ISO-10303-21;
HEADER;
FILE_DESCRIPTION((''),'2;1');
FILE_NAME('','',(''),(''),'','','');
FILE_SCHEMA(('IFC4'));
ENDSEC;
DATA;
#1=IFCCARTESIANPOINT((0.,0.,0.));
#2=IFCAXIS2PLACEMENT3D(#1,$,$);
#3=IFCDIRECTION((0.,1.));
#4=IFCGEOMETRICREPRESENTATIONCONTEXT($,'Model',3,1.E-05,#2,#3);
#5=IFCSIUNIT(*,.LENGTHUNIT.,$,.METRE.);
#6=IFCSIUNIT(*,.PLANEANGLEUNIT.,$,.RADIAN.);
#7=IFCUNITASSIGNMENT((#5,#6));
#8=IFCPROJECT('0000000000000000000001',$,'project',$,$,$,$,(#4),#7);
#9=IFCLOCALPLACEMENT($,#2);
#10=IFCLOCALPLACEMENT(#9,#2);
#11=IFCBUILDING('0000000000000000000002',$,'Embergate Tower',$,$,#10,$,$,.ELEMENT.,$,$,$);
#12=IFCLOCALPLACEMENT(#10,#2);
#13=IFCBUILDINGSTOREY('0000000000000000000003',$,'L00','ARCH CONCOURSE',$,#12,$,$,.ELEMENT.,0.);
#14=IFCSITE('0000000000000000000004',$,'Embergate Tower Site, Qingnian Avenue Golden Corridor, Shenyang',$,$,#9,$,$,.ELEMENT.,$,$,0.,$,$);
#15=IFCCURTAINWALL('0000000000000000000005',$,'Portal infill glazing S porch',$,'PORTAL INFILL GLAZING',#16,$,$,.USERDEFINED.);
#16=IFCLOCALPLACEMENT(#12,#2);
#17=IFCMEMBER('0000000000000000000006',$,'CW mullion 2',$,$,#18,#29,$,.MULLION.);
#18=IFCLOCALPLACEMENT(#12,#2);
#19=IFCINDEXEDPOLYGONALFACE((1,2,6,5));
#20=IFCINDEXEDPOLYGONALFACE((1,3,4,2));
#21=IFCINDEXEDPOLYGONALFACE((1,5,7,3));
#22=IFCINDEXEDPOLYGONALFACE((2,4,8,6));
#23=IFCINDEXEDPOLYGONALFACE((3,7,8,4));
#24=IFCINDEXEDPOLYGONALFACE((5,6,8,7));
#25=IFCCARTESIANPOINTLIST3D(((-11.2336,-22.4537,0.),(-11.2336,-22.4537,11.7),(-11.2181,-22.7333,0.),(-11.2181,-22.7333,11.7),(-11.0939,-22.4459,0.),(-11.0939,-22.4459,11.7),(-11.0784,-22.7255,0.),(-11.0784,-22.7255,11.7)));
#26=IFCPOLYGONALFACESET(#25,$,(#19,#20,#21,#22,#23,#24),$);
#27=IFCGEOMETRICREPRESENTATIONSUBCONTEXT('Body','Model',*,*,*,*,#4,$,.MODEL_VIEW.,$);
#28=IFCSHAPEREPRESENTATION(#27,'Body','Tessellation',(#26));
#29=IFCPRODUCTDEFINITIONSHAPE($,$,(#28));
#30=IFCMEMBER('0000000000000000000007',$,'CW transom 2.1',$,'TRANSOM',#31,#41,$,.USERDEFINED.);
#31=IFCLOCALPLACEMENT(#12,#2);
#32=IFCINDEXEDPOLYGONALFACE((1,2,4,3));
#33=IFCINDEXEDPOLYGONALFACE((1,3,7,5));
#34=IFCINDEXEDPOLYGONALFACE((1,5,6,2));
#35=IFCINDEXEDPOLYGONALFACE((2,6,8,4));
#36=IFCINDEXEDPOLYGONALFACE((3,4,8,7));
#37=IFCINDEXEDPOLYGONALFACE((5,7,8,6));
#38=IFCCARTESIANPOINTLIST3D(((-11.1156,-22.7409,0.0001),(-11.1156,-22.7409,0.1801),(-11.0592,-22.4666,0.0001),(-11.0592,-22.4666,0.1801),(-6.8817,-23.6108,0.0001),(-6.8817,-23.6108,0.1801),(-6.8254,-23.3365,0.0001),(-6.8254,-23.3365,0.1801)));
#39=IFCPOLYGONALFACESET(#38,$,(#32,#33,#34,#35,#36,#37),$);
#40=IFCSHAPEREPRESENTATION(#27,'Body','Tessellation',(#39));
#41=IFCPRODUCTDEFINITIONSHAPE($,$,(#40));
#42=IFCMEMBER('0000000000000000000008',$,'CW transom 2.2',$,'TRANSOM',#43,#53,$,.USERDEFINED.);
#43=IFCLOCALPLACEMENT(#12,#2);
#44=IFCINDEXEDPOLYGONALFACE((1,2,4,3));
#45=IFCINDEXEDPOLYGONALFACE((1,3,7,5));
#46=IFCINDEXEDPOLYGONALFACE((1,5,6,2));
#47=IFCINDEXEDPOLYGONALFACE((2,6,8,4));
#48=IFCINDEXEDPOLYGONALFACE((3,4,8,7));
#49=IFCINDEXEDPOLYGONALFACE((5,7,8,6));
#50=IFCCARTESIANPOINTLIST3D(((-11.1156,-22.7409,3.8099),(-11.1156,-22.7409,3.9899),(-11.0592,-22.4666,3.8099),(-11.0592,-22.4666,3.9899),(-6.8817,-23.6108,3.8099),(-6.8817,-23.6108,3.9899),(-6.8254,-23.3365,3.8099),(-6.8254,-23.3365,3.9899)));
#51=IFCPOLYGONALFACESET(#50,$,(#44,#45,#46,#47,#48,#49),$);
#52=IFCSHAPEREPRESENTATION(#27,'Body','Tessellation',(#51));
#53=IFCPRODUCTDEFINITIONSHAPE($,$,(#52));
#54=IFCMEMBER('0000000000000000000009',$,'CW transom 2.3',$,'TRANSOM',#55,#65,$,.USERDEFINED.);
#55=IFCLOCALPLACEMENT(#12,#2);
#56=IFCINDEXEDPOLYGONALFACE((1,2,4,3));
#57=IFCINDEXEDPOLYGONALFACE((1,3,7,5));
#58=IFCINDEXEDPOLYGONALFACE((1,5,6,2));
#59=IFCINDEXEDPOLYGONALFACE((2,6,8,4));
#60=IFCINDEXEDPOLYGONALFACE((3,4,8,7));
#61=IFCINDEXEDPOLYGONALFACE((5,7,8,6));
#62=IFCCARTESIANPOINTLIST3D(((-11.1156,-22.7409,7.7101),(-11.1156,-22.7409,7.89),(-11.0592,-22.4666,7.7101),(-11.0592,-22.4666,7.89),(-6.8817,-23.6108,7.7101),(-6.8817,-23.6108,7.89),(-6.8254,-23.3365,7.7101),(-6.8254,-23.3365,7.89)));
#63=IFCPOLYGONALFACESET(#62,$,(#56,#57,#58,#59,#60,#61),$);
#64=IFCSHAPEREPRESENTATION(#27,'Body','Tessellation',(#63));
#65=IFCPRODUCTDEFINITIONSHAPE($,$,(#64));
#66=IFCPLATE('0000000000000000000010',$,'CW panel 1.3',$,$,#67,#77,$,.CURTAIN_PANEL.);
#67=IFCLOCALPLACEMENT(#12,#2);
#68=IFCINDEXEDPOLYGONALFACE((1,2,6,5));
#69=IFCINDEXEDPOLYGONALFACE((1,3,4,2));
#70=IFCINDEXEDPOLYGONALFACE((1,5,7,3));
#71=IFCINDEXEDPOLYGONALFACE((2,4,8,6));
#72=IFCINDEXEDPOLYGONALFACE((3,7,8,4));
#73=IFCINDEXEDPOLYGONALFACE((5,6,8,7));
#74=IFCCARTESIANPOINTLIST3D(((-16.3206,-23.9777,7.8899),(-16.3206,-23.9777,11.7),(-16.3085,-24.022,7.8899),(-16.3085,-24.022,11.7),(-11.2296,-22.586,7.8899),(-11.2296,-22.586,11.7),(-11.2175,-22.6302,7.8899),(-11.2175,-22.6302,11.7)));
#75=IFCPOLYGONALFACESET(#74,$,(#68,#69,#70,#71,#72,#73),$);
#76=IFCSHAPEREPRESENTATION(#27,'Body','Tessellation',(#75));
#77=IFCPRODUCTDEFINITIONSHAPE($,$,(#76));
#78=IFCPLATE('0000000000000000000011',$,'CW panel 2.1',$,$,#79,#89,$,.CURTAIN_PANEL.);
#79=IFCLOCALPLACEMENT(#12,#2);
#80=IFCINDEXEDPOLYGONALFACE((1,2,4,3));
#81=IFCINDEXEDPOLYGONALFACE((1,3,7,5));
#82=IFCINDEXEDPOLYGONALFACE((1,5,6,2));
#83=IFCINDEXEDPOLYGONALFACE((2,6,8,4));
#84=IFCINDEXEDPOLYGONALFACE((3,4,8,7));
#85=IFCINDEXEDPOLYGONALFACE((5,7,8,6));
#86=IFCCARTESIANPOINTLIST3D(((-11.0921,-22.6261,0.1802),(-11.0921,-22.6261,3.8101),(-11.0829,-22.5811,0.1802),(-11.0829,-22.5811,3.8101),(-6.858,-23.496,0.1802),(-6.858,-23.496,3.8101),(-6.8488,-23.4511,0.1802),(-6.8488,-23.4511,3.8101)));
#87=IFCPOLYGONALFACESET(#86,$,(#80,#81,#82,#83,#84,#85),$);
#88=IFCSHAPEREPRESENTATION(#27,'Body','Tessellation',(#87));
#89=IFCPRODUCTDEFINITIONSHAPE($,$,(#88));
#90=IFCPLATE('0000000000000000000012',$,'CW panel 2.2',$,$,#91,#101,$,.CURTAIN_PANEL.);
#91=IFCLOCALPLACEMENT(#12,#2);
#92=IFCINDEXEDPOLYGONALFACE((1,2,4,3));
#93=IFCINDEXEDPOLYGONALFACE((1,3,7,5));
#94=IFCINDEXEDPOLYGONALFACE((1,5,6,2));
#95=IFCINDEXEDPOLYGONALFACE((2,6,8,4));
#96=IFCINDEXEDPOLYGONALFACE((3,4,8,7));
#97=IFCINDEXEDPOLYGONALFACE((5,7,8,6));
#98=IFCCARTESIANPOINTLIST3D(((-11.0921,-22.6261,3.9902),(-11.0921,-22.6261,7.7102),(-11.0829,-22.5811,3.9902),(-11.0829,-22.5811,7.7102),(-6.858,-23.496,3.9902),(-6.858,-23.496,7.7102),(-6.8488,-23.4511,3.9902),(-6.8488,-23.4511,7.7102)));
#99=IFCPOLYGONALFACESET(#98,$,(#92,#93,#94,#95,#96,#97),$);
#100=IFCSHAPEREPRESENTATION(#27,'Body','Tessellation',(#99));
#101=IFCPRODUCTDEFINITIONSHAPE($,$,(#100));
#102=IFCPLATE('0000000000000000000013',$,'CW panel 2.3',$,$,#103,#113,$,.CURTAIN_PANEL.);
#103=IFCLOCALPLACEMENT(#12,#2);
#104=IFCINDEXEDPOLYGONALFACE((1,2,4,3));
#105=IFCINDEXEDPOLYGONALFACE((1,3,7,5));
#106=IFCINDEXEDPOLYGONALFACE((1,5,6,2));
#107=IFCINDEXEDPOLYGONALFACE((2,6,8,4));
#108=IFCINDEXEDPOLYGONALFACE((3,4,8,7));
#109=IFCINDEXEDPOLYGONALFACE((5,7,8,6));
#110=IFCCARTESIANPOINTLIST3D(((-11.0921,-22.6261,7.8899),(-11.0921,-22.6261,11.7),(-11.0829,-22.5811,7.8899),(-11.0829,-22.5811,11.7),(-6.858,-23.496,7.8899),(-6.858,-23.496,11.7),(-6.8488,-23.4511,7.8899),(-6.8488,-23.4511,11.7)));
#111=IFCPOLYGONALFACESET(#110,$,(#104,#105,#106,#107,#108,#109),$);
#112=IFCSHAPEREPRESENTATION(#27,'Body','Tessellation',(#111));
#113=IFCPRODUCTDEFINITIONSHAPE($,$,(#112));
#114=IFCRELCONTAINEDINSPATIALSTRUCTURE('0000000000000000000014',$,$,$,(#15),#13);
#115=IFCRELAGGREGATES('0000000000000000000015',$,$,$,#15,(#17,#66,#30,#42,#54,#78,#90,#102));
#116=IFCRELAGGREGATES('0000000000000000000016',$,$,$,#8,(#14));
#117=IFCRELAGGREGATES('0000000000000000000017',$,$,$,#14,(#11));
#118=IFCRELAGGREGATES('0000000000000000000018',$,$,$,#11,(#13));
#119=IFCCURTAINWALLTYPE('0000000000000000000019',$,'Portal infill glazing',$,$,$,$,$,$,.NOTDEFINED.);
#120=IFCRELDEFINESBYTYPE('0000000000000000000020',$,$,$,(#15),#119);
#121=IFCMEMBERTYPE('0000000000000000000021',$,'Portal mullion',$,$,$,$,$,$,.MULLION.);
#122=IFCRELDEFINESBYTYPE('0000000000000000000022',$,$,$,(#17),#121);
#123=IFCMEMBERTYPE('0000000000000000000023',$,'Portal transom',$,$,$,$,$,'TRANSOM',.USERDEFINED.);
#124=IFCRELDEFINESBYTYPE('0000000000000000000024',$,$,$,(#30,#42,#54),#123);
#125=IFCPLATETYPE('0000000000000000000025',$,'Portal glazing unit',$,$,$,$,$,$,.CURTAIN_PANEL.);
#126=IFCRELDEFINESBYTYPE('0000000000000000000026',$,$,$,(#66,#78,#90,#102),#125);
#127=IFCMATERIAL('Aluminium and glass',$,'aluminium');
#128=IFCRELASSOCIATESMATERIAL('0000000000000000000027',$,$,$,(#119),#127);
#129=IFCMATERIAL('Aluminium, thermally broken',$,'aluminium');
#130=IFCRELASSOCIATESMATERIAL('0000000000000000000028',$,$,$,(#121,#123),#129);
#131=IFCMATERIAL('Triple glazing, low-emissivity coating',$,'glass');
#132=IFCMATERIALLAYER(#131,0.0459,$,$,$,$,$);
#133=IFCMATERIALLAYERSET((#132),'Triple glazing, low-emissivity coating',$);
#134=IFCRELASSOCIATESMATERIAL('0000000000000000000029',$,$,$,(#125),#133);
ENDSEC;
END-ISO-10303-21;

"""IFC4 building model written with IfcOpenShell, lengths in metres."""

from ifc_helpers import new_model, si_unit, direction, frame, origin, origin_2d, place, context, subcontext, project, spatial, rectangle, extrude, source, transform, mapped, material, layer, layer_set, material_profile, profile_set, type_object, element, aggregate, save


model = new_model("IFC4")

# Units and contexts
model_context = context("Model", 3, precision=1e-05, world=origin(), true_north=direction((0.0, 1.0)))
body_context = subcontext(model_context, "Body", "Model", "MODEL_VIEW")
ifc_project = project(units=[si_unit("LENGTHUNIT", "METRE"), si_unit("PLANEANGLEUNIT", "RADIAN")], contexts=[model_context])

# Site, building, storey
site_placement = place(None, origin())
site = spatial("IfcSite", under=ifc_project, at=site_placement, Name="Embergate Tower Site, Qingnian Avenue Golden Corridor, Shenyang", CompositionType="ELEMENT", RefElevation=0.0)
building_placement = place(site_placement, origin())
building = spatial("IfcBuilding", under=site, at=building_placement, Name="Embergate Tower", CompositionType="ELEMENT")
storey_placement = place(building_placement, origin())
storey = spatial("IfcBuildingStorey", under=building, at=storey_placement, Name="L00", Description="ARCH CONCOURSE", CompositionType="ELEMENT", Elevation=0.0)

# Curtain wall, members, plates
ifc_material_1 = material(Name="Aluminium and glass", Category="aluminium")
curtain_wall_type = type_object("IfcCurtainWallType", Name="Portal infill glazing", PredefinedType="NOTDEFINED", material=ifc_material_1)
curtain_wall_placement = place(storey_placement, origin())
curtain_wall = element("IfcCurtainWall", 1, at=curtain_wall_placement, inside=storey, type_object=curtain_wall_type, Name="Portal infill glazing S porch", ObjectType="PORTAL INFILL GLAZING", PredefinedType="USERDEFINED")
ifc_material_2 = material(Name="Aluminium, thermally broken", Category="aluminium")
ifc_material_profile_1 = material_profile(ifc_material_2, rectangle(XDim=0.28, YDim=0.1399, at=origin_2d()), Name="AL 140x280")
ifc_profile_set_1 = profile_set([ifc_material_profile_1], Name="Aluminium, thermally broken")
member_type_1 = type_object("IfcMemberType", Name="Portal mullion", PredefinedType="MULLION", material=ifc_profile_set_1)
shared_shape_1 = source(origin(), body_context, "Body", "SweptSolid", [
    extrude(rectangle(XDim=0.28, YDim=0.1399, at=origin_2d()), origin(), (0.0, 0.0, 1.0), 11.7),
])
member_1_placement = place(storey_placement, frame((-11.156, -22.5896, 0.0), z_axis=(0.0, 0.0, 1.0), x_axis=(-0.055198, 0.998475, 0.0)))
member_1 = element("IfcMember", 2, at=member_1_placement, type_object=member_type_1, Name="CW mullion 2", PredefinedType="MULLION", context=body_context, shape_type="MappedRepresentation", body=[
    mapped(shared_shape_1, transform((0.0, 0.0, 0.0))),
])
ifc_material_profile_2 = material_profile(ifc_material_2, rectangle(XDim=0.28, YDim=0.1799, at=origin_2d()), Name="AL 180x280")
ifc_profile_set_2 = profile_set([ifc_material_profile_2], Name="Aluminium, thermally broken")
member_type_2 = type_object("IfcMemberType", Name="Portal transom", ElementType="TRANSOM", PredefinedType="USERDEFINED", material=ifc_profile_set_2)
shared_shape_2 = source(origin(), body_context, "Body", "SweptSolid", [
    extrude(rectangle(XDim=0.28, YDim=0.1799, at=origin_2d()), origin(), (0.0, 0.0, 1.0), 4.3223),
])
member_2_placement = place(storey_placement, frame((-11.0874, -22.6038, 0.0901), z_axis=(0.97954, -0.201251, 0.0), x_axis=(0.201251, 0.97954, 0.0)))
member_2 = element("IfcMember", 3, at=member_2_placement, type_object=member_type_2, Name="CW transom 2.1", ObjectType="TRANSOM", PredefinedType="USERDEFINED", context=body_context, shape_type="MappedRepresentation", body=[
    mapped(shared_shape_2, transform((0.0, 0.0, 0.0))),
])
member_3_placement = place(storey_placement, frame((-11.0874, -22.6038, 3.8999), z_axis=(0.97954, -0.201251, 0.0), x_axis=(0.201251, 0.97954, 0.0)))
member_3 = element("IfcMember", 4, at=member_3_placement, type_object=member_type_2, Name="CW transom 2.2", ObjectType="TRANSOM", PredefinedType="USERDEFINED", context=body_context, shape_type="MappedRepresentation", body=[
    mapped(shared_shape_2, transform((0.0, 0.0, 0.0))),
])
member_4_placement = place(storey_placement, frame((-11.0874, -22.6038, 7.8), z_axis=(0.97954, -0.201251, 0.0), x_axis=(0.201251, 0.97954, 0.0)))
member_4 = element("IfcMember", 5, at=member_4_placement, type_object=member_type_2, Name="CW transom 2.3", ObjectType="TRANSOM", PredefinedType="USERDEFINED", context=body_context, shape_type="MappedRepresentation", body=[
    mapped(shared_shape_2, transform((0.0, 0.0, 0.0))),
])
ifc_material_3 = material(Name="Triple glazing, low-emissivity coating", Category="glass")
ifc_layer_1 = layer(ifc_material_3, 0.0459)
ifc_layer_set_1 = layer_set([ifc_layer_1], Name="Triple glazing, low-emissivity coating")
plate_type = type_object("IfcPlateType", Name="Portal glazing unit", PredefinedType="CURTAIN_PANEL", material=ifc_layer_set_1)
shared_shape_3 = source(origin(), body_context, "Body", "SweptSolid", [
    extrude(rectangle(XDim=5.2778, YDim=0.0459, at=origin_2d()), origin(), (0.0, 0.0, 1.0), 3.8101),
])
plate_1_placement = place(storey_placement, frame((-13.769, -23.304, 7.8899), z_axis=(0.0, 0.0, 1.0), x_axis=(0.964607, 0.263693, 0.0)))
plate_1 = element("IfcPlate", 6, at=plate_1_placement, type_object=plate_type, Name="CW panel 1.3", PredefinedType="CURTAIN_PANEL", context=body_context, shape_type="MappedRepresentation", body=[
    mapped(shared_shape_3, transform((0.0, 0.0, 0.0))),
])
shared_shape_4 = source(origin(), body_context, "Body", "SweptSolid", [
    extrude(rectangle(XDim=4.3225, YDim=0.0459, at=origin_2d()), origin(), (0.0, 0.0, 1.0), 3.6299),
])
plate_2_placement = place(storey_placement, frame((-8.9705, -23.0386, 0.1802), z_axis=(0.0, 0.0, 1.0), x_axis=(0.979538, -0.201257, 0.0)))
plate_2 = element("IfcPlate", 7, at=plate_2_placement, type_object=plate_type, Name="CW panel 2.1", PredefinedType="CURTAIN_PANEL", context=body_context, shape_type="MappedRepresentation", body=[
    mapped(shared_shape_4, transform((0.0, 0.0, 0.0))),
])
shared_shape_5 = source(origin(), body_context, "Body", "SweptSolid", [
    extrude(rectangle(XDim=4.3225, YDim=0.0459, at=origin_2d()), origin(), (0.0, 0.0, 1.0), 3.72),
])
plate_3_placement = place(storey_placement, frame((-8.9705, -23.0386, 3.9902), z_axis=(0.0, 0.0, 1.0), x_axis=(0.979538, -0.201257, 0.0)))
plate_3 = element("IfcPlate", 8, at=plate_3_placement, type_object=plate_type, Name="CW panel 2.2", PredefinedType="CURTAIN_PANEL", context=body_context, shape_type="MappedRepresentation", body=[
    mapped(shared_shape_5, transform((0.0, 0.0, 0.0))),
])
shared_shape_6 = source(origin(), body_context, "Body", "SweptSolid", [
    extrude(rectangle(XDim=4.3225, YDim=0.0459, at=origin_2d()), origin(), (0.0, 0.0, 1.0), 3.8101),
])
plate_4_placement = place(storey_placement, frame((-8.9705, -23.0386, 7.8899), z_axis=(0.0, 0.0, 1.0), x_axis=(0.979538, -0.201257, 0.0)))
plate_4 = element("IfcPlate", 9, at=plate_4_placement, type_object=plate_type, Name="CW panel 2.3", PredefinedType="CURTAIN_PANEL", context=body_context, shape_type="MappedRepresentation", body=[
    mapped(shared_shape_6, transform((0.0, 0.0, 0.0))),
])
aggregate(curtain_wall, [member_1, plate_1, member_2, member_3, member_4, plate_2, plate_3, plate_4])

save(model, "model.ifc")
